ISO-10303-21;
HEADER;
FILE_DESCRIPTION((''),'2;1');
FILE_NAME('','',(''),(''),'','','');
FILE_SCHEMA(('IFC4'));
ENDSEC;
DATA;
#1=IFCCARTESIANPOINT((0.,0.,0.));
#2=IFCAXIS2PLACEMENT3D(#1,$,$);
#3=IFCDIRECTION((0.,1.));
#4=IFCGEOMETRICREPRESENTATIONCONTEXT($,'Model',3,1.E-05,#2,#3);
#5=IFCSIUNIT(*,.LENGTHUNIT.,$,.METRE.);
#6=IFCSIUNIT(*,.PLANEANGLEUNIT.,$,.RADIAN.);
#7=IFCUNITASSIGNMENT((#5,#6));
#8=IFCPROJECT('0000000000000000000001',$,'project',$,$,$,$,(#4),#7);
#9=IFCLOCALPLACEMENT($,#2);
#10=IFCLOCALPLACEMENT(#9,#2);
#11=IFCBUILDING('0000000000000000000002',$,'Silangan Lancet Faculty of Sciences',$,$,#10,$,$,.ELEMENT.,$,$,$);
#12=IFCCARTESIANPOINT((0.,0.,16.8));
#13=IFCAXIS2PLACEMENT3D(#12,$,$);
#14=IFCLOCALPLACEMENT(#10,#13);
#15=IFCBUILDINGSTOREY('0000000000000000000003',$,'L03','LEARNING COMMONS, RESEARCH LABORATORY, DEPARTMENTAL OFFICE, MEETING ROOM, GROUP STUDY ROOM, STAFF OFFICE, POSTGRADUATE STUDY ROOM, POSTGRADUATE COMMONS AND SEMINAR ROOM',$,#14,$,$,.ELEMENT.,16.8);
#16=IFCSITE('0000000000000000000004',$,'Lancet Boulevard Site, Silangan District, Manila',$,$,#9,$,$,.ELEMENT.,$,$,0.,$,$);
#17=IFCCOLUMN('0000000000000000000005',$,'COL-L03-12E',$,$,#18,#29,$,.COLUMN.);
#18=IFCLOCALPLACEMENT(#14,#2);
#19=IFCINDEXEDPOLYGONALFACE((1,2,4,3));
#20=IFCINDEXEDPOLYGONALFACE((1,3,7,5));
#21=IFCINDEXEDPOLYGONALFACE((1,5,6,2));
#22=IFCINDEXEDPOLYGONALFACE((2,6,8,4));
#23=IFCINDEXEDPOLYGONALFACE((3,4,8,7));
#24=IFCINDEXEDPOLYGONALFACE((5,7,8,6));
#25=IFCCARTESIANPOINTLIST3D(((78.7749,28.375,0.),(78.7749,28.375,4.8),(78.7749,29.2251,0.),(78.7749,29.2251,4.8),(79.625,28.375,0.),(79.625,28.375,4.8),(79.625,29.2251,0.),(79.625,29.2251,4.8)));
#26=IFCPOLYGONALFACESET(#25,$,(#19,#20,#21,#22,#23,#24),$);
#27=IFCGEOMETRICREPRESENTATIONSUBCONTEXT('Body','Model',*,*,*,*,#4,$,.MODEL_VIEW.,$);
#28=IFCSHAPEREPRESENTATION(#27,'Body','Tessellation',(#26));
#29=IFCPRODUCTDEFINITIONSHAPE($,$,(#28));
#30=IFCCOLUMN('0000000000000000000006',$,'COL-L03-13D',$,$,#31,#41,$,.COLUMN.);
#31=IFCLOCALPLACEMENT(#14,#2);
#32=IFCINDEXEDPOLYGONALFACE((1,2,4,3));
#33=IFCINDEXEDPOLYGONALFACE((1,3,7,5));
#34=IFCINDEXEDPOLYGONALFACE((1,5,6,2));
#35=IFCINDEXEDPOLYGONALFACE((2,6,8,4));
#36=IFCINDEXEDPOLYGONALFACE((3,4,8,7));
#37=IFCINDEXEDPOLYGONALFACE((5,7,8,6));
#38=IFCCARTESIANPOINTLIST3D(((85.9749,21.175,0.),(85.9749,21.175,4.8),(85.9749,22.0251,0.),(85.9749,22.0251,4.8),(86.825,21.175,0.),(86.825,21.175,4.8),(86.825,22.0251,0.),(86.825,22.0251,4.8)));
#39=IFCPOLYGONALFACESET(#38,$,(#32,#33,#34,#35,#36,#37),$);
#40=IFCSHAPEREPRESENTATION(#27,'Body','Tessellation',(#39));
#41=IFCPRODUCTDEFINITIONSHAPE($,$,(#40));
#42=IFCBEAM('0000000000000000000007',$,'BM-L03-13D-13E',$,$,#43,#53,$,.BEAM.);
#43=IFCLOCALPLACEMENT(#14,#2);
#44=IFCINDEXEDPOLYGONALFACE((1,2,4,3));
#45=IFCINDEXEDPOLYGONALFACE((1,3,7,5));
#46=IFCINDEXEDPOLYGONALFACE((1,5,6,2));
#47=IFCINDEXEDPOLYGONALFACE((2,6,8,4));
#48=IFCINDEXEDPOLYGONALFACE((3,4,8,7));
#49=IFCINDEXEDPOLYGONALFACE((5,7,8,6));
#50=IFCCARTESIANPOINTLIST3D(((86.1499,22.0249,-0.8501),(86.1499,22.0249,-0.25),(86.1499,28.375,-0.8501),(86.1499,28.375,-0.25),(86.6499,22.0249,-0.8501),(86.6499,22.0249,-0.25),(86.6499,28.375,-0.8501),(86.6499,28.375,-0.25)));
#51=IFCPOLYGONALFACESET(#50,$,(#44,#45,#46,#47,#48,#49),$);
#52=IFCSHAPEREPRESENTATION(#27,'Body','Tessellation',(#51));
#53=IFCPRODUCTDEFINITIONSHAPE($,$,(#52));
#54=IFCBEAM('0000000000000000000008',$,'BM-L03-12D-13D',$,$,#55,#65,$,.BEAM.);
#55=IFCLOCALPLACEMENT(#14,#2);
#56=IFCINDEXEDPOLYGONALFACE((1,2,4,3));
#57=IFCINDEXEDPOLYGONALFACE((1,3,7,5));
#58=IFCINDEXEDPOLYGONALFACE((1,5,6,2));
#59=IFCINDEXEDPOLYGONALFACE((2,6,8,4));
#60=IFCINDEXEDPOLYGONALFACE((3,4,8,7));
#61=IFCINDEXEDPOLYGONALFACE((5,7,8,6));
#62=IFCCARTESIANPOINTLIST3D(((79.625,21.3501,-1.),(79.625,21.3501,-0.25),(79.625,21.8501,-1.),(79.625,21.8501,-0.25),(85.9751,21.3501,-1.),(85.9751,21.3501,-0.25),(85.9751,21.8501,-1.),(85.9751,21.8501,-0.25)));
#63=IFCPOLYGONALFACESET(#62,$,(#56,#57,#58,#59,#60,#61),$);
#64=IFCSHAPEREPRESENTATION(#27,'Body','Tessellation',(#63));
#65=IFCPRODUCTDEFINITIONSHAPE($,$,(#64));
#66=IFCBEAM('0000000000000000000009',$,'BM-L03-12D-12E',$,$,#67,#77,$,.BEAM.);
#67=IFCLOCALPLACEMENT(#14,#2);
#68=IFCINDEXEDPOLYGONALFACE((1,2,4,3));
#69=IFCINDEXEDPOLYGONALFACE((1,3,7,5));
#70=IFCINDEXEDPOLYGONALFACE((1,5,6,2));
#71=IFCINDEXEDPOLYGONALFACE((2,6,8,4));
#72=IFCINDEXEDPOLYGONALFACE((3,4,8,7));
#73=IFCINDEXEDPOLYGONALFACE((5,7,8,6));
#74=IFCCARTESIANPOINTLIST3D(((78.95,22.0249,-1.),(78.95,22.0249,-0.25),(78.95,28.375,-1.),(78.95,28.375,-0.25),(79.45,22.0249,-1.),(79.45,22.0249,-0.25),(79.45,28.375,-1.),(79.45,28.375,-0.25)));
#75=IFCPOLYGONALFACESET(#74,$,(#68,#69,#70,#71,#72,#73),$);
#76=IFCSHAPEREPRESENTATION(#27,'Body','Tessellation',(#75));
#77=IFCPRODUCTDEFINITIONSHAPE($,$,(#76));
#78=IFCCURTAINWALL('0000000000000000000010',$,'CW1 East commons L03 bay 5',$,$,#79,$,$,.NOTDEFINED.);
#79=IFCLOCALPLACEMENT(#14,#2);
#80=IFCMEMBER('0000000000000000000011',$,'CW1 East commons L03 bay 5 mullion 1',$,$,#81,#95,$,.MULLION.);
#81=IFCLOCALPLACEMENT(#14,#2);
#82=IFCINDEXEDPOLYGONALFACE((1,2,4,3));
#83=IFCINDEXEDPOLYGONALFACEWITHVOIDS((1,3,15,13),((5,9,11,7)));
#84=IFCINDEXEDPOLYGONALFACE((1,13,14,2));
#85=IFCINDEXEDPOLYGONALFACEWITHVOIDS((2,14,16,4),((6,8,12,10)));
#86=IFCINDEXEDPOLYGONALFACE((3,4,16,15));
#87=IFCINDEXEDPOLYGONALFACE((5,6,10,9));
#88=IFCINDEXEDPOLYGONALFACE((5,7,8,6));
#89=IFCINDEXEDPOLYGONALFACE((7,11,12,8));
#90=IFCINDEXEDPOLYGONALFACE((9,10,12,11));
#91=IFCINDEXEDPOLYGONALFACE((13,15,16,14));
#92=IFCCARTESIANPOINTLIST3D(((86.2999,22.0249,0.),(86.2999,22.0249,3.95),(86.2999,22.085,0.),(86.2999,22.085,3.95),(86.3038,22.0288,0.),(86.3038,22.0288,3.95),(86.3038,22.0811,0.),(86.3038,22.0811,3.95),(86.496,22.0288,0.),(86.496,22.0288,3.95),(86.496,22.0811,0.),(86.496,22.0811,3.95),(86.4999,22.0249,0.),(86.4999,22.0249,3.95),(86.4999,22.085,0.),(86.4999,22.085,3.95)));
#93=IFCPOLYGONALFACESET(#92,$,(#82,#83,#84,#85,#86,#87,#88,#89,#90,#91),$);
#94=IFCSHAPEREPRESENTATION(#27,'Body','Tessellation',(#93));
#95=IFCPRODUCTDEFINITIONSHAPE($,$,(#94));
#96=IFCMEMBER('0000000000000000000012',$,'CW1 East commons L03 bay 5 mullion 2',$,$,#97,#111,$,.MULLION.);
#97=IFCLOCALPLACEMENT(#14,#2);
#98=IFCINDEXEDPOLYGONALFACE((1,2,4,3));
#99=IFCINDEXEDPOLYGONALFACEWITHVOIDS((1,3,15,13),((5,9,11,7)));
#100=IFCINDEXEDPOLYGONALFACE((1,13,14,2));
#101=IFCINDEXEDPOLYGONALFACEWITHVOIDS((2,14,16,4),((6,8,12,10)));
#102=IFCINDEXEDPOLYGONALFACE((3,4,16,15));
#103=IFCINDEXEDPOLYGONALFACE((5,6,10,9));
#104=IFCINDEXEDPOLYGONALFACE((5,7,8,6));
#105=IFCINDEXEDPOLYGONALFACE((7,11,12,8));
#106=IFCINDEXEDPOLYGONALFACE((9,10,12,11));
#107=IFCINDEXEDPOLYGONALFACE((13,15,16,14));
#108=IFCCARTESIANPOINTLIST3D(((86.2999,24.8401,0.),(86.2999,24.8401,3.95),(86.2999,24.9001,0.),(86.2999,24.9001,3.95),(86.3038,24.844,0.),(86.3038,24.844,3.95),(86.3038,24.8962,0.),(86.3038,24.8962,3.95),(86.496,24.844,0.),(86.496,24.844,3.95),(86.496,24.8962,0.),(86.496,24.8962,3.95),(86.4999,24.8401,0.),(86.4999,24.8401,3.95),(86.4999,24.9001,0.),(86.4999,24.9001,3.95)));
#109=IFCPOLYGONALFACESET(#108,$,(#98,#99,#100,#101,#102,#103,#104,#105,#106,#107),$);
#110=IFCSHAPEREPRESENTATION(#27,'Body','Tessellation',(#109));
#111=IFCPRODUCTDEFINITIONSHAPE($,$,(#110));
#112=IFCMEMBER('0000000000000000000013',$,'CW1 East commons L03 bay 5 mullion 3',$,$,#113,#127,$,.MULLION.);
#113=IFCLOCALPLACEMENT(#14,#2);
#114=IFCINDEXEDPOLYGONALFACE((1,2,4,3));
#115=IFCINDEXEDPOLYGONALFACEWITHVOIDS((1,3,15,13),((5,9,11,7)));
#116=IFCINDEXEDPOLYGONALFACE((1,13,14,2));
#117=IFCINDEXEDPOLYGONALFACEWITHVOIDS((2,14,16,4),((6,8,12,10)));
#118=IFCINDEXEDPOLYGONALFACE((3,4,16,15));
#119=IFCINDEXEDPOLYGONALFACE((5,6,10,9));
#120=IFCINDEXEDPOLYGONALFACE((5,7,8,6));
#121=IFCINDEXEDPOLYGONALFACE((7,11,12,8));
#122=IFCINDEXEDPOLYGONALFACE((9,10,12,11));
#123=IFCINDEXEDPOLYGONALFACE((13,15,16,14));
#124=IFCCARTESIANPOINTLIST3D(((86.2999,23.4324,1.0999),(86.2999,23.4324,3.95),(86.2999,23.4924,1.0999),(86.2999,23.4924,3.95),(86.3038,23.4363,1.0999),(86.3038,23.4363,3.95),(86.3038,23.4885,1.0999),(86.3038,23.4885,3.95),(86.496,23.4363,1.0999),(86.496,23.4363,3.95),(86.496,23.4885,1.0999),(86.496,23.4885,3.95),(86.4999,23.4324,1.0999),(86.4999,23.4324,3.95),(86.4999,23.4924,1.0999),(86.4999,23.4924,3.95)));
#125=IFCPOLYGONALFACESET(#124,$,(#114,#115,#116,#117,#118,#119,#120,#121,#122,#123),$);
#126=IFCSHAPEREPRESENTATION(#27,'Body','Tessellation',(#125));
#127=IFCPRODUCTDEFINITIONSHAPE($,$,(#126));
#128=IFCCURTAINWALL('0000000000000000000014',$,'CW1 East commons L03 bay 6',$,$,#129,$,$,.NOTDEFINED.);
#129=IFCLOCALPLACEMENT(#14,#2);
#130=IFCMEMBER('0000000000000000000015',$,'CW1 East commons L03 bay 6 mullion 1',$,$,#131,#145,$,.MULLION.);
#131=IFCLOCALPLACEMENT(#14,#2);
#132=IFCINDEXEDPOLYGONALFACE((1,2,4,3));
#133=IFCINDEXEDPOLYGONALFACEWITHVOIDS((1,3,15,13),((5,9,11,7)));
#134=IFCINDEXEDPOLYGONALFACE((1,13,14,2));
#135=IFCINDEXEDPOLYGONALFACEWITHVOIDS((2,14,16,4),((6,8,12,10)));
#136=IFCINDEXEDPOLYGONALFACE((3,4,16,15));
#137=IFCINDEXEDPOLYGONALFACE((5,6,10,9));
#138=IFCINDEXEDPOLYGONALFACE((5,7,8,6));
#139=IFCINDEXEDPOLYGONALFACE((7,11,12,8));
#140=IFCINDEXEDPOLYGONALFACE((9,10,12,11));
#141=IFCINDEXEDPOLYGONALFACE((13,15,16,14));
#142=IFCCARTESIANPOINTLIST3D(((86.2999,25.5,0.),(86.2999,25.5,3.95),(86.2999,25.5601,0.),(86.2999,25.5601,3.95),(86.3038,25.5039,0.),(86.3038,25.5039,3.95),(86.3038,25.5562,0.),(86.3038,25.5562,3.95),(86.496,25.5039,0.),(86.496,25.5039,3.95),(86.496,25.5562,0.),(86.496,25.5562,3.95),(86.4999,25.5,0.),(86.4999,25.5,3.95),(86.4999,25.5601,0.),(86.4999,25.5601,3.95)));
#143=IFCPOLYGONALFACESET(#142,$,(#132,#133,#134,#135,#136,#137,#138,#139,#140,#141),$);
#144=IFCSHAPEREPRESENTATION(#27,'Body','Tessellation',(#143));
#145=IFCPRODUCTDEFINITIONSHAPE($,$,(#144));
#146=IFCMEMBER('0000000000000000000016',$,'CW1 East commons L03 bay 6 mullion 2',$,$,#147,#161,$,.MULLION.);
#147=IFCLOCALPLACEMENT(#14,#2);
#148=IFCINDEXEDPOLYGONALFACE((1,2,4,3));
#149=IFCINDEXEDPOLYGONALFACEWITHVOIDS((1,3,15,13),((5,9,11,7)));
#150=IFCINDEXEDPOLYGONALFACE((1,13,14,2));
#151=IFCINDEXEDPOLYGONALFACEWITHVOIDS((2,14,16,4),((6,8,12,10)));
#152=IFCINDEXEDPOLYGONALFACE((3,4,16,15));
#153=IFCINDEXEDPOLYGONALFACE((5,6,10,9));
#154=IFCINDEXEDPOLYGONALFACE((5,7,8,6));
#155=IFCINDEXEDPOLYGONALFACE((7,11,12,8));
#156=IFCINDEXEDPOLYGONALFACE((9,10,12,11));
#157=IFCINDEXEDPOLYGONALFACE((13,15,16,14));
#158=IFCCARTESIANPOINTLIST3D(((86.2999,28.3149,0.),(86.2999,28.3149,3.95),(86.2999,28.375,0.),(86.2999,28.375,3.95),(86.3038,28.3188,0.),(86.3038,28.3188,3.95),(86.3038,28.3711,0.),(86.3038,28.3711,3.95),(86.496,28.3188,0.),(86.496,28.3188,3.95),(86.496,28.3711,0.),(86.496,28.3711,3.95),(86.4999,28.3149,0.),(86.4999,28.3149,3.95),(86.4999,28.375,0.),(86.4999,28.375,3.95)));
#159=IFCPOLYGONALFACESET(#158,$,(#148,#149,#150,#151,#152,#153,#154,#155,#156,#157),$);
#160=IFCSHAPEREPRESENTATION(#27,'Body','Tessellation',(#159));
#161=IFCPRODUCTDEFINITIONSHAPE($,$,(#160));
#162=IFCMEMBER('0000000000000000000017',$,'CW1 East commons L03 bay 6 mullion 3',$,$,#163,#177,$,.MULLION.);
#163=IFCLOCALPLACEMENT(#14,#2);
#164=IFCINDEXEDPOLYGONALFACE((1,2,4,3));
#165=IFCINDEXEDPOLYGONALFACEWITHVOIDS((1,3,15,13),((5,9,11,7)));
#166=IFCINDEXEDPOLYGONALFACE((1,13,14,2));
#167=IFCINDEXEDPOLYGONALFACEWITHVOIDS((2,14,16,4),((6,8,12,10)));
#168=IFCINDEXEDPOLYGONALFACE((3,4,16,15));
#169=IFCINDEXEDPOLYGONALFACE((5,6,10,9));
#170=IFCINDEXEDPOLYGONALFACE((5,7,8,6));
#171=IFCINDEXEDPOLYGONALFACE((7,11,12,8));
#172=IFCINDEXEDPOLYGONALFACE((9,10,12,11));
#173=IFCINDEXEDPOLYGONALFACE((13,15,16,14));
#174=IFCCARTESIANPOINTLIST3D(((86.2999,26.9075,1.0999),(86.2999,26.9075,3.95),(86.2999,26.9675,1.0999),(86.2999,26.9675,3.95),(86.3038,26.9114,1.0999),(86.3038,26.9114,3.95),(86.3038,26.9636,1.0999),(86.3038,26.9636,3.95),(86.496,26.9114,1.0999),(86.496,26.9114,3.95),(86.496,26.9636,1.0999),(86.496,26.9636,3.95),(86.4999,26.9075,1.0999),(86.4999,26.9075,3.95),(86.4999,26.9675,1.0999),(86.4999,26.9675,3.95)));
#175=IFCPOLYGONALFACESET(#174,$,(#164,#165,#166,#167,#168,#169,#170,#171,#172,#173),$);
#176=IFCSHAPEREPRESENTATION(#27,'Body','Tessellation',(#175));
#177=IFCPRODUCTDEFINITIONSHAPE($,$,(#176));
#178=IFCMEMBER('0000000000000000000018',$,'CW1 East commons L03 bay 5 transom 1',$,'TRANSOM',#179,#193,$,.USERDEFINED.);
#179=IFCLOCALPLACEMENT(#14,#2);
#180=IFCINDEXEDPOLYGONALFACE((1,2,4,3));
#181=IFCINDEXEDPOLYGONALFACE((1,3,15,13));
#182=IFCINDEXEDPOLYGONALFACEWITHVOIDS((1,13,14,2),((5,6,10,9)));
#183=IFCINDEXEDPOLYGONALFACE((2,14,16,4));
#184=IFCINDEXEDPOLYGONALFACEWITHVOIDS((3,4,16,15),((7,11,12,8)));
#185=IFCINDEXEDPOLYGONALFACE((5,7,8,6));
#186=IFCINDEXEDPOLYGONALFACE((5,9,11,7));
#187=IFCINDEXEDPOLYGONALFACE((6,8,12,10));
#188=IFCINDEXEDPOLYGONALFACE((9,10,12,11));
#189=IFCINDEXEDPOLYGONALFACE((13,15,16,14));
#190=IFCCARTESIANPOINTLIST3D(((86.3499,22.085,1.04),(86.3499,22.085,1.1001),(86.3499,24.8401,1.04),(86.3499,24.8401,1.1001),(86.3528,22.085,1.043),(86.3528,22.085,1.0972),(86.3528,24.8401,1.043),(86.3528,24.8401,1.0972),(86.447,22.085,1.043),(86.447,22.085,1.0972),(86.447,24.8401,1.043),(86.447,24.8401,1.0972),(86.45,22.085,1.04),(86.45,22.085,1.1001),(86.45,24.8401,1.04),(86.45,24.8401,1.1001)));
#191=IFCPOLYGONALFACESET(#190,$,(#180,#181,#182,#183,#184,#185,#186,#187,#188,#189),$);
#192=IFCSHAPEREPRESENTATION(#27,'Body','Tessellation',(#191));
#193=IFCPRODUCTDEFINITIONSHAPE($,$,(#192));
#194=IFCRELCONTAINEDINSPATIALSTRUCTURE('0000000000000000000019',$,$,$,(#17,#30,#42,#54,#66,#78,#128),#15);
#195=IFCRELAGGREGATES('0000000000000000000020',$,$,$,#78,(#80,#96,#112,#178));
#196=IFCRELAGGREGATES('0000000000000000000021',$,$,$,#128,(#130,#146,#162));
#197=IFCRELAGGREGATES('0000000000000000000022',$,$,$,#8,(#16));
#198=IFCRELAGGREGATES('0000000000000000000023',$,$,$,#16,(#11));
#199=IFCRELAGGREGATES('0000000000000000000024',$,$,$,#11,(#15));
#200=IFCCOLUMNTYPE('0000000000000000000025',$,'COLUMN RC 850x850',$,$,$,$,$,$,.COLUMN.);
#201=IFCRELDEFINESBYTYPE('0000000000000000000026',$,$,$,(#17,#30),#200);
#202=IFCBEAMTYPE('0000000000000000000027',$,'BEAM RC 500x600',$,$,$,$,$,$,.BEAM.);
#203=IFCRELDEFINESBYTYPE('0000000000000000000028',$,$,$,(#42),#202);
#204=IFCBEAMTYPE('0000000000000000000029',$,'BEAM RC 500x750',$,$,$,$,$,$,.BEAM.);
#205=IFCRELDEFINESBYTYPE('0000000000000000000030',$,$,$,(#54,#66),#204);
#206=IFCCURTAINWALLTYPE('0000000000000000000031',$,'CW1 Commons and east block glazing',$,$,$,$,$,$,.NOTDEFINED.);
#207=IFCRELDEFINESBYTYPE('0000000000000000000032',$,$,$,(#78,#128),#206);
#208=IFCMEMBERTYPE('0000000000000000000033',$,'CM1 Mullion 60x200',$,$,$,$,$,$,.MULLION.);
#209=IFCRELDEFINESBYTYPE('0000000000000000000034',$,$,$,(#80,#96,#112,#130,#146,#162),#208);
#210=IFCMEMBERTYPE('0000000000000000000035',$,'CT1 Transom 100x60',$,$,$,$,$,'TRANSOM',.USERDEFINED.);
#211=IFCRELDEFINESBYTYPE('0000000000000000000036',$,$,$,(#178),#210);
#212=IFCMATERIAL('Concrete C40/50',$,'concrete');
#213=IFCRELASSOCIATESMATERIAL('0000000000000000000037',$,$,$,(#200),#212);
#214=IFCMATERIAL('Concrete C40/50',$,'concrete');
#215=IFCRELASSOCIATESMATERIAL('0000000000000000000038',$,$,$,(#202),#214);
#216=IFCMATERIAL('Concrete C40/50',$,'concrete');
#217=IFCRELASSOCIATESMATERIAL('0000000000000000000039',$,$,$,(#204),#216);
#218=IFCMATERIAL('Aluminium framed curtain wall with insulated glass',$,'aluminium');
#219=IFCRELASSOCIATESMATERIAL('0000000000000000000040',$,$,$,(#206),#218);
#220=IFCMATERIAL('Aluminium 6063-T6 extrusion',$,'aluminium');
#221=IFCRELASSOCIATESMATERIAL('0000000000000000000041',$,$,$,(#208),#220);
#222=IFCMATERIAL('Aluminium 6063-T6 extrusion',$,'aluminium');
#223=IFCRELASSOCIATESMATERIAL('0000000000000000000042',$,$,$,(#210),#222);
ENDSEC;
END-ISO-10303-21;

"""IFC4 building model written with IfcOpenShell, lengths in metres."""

from ifc_helpers import new_model, si_unit, direction, frame, origin, origin_2d, place, context, subcontext, project, spatial, rectangle, hollow_rectangle, extrude, material, material_profile, profile_set, type_object, element, aggregate, save


model = new_model("IFC4")

# Units and contexts
model_context = context("Model", 3, precision=1e-05, world=origin(), true_north=direction((0.0, 1.0)))
body_context = subcontext(model_context, "Body", "Model", "MODEL_VIEW")
ifc_project = project(units=[si_unit("LENGTHUNIT", "METRE"), si_unit("PLANEANGLEUNIT", "RADIAN")], contexts=[model_context])

# Site, building, storey
site_placement = place(None, origin())
site = spatial("IfcSite", under=ifc_project, at=site_placement, Name="Lancet Boulevard Site, Silangan District, Manila", CompositionType="ELEMENT", RefElevation=0.0)
building_placement = place(site_placement, origin())
building = spatial("IfcBuilding", under=site, at=building_placement, Name="Silangan Lancet Faculty of Sciences", CompositionType="ELEMENT")
storey_placement = place(building_placement, frame((0.0, 0.0, 16.8)))
storey = spatial("IfcBuildingStorey", under=building, at=storey_placement, Name="L03", Description="LEARNING COMMONS, RESEARCH LABORATORY, DEPARTMENTAL OFFICE, MEETING ROOM, GROUP STUDY ROOM, STAFF OFFICE, POSTGRADUATE STUDY ROOM, POSTGRADUATE COMMONS AND SEMINAR ROOM", CompositionType="ELEMENT", Elevation=16.8)

# Columns
ifc_material_1 = material(Name="Concrete C40/50", Category="concrete")
ifc_material_profile_1 = material_profile(ifc_material_1, rectangle(XDim=0.8501, YDim=0.8501, at=origin_2d()), Name="RC 850x850")
ifc_profile_set_1 = profile_set([ifc_material_profile_1], Name="Concrete C40/50")
column_type = type_object("IfcColumnType", Name="COLUMN RC 850x850", PredefinedType="COLUMN", material=ifc_profile_set_1)
for number, where, z_axis, x_axis, name in (
    (1, (79.2, 28.8, 0.0), (0.0, 0.0, 1.0), (1.0, 0.0, 0.0), "COL-L03-12E"),
    (2, (86.3999, 21.6001, 0.0), (0.0, 0.0, 1.0), (1.0, 0.0, 0.0), "COL-L03-13D"),
):
    element("IfcColumn", number, at=place(storey_placement, frame(where, z_axis=z_axis, x_axis=x_axis)), inside=storey, type_object=column_type, Name=name, PredefinedType="COLUMN", context=body_context, shape_type="SweptSolid", body=[
        extrude(rectangle(XDim=0.8501, YDim=0.8501, at=origin_2d()), origin(), (0.0, 0.0, 1.0), 4.8),
    ])

# Beams
ifc_material_2 = material(Name="Concrete C40/50", Category="concrete")
ifc_material_profile_2 = material_profile(ifc_material_2, rectangle(XDim=0.5, YDim=0.6001, at=origin_2d()), Name="RC 500x600")
ifc_profile_set_2 = profile_set([ifc_material_profile_2], Name="Concrete C40/50")
beam_type_1 = type_object("IfcBeamType", Name="BEAM RC 500x600", PredefinedType="BEAM", material=ifc_profile_set_2)
beam_placement = place(storey_placement, frame((86.3999, 22.0249, -0.55), z_axis=(0.0, 1.0, 0.0), x_axis=(-1.0, 0.0, 0.0)))
element("IfcBeam", 3, at=beam_placement, inside=storey, type_object=beam_type_1, Name="BM-L03-13D-13E", PredefinedType="BEAM", context=body_context, shape_type="SweptSolid", body=[
    extrude(rectangle(XDim=0.5, YDim=0.6001, at=origin_2d()), origin(), (0.0, 0.0, 1.0), 6.3501),
])
ifc_material_3 = material(Name="Concrete C40/50", Category="concrete")
ifc_material_profile_3 = material_profile(ifc_material_3, rectangle(XDim=0.5, YDim=0.75, at=origin_2d()), Name="RC 500x750")
ifc_profile_set_3 = profile_set([ifc_material_profile_3], Name="Concrete C40/50")
beam_type_2 = type_object("IfcBeamType", Name="BEAM RC 500x750", PredefinedType="BEAM", material=ifc_profile_set_3)
for number, where, z_axis, x_axis, name in (
    (4, (79.625, 21.6001, -0.625), (1.0, 0.0, 0.0), (0.0, 1.0, 0.0), "BM-L03-12D-13D"),
    (5, (79.2, 22.0249, -0.625), (0.0, 1.0, 0.0), (-1.0, 0.0, 0.0), "BM-L03-12D-12E"),
):
    element("IfcBeam", number, at=place(storey_placement, frame(where, z_axis=z_axis, x_axis=x_axis)), inside=storey, type_object=beam_type_2, Name=name, PredefinedType="BEAM", context=body_context, shape_type="SweptSolid", body=[
        extrude(rectangle(XDim=0.5, YDim=0.75, at=origin_2d()), origin(), (0.0, 0.0, 1.0), 6.3501),
    ])

# Curtain walls, members
ifc_material_4 = material(Name="Aluminium framed curtain wall with insulated glass", Category="aluminium")
curtain_wall_type = type_object("IfcCurtainWallType", Name="CW1 Commons and east block glazing", PredefinedType="NOTDEFINED", material=ifc_material_4)
curtain_wall_1_placement = place(storey_placement, origin())
curtain_wall_1 = element("IfcCurtainWall", 6, at=curtain_wall_1_placement, inside=storey, type_object=curtain_wall_type, Name="CW1 East commons L03 bay 5", PredefinedType="NOTDEFINED")
ifc_material_5 = material(Name="Aluminium 6063-T6 extrusion", Category="aluminium")
ifc_material_profile_4 = material_profile(ifc_material_5, hollow_rectangle(XDim=0.0601, YDim=0.2, WallThickness=0.0039, at=origin_2d()), Name="AL BOX 60x200x4")
ifc_profile_set_4 = profile_set([ifc_material_profile_4], Name="Aluminium 6063-T6 extrusion")
member_type_1 = type_object("IfcMemberType", Name="CM1 Mullion 60x200", PredefinedType="MULLION", material=ifc_profile_set_4)
member_1_placement = place(storey_placement, frame((86.3999, 22.0549, 0.0), z_axis=(0.0, 0.0, 1.0), x_axis=(0.0, 1.0, 0.0)))
member_1 = element("IfcMember", 7, at=member_1_placement, type_object=member_type_1, Name="CW1 East commons L03 bay 5 mullion 1", PredefinedType="MULLION", context=body_context, shape_type="SweptSolid", body=[
    extrude(hollow_rectangle(XDim=0.0601, YDim=0.2, WallThickness=0.0039, at=origin_2d()), origin(), (0.0, 0.0, 1.0), 3.95),
])
member_2_placement = place(storey_placement, frame((86.3999, 24.8701, 0.0), z_axis=(0.0, 0.0, 1.0), x_axis=(0.0, 1.0, 0.0)))
member_2 = element("IfcMember", 8, at=member_2_placement, type_object=member_type_1, Name="CW1 East commons L03 bay 5 mullion 2", PredefinedType="MULLION", context=body_context, shape_type="SweptSolid", body=[
    extrude(hollow_rectangle(XDim=0.0601, YDim=0.2, WallThickness=0.0039, at=origin_2d()), origin(), (0.0, 0.0, 1.0), 3.95),
])
member_3_placement = place(storey_placement, frame((86.3999, 23.4624, 1.0999), z_axis=(0.0, 0.0, 1.0), x_axis=(0.0, 1.0, 0.0)))
member_3 = element("IfcMember", 9, at=member_3_placement, type_object=member_type_1, Name="CW1 East commons L03 bay 5 mullion 3", PredefinedType="MULLION", context=body_context, shape_type="SweptSolid", body=[
    extrude(hollow_rectangle(XDim=0.0601, YDim=0.2, WallThickness=0.0039, at=origin_2d()), origin(), (0.0, 0.0, 1.0), 2.8501),
])
curtain_wall_2_placement = place(storey_placement, origin())
curtain_wall_2 = element("IfcCurtainWall", 10, at=curtain_wall_2_placement, inside=storey, type_object=curtain_wall_type, Name="CW1 East commons L03 bay 6", PredefinedType="NOTDEFINED")
member_4_placement = place(storey_placement, frame((86.3999, 25.53, 0.0), z_axis=(0.0, 0.0, 1.0), x_axis=(0.0, 1.0, 0.0)))
member_4 = element("IfcMember", 11, at=member_4_placement, type_object=member_type_1, Name="CW1 East commons L03 bay 6 mullion 1", PredefinedType="MULLION", context=body_context, shape_type="SweptSolid", body=[
    extrude(hollow_rectangle(XDim=0.0601, YDim=0.2, WallThickness=0.0039, at=origin_2d()), origin(), (0.0, 0.0, 1.0), 3.95),
])
member_5_placement = place(storey_placement, frame((86.3999, 28.345, 0.0), z_axis=(0.0, 0.0, 1.0), x_axis=(0.0, 1.0, 0.0)))
member_5 = element("IfcMember", 12, at=member_5_placement, type_object=member_type_1, Name="CW1 East commons L03 bay 6 mullion 2", PredefinedType="MULLION", context=body_context, shape_type="SweptSolid", body=[
    extrude(hollow_rectangle(XDim=0.0601, YDim=0.2, WallThickness=0.0039, at=origin_2d()), origin(), (0.0, 0.0, 1.0), 3.95),
])
member_6_placement = place(storey_placement, frame((86.3999, 26.9375, 1.0999), z_axis=(0.0, 0.0, 1.0), x_axis=(0.0, 1.0, 0.0)))
member_6 = element("IfcMember", 13, at=member_6_placement, type_object=member_type_1, Name="CW1 East commons L03 bay 6 mullion 3", PredefinedType="MULLION", context=body_context, shape_type="SweptSolid", body=[
    extrude(hollow_rectangle(XDim=0.0601, YDim=0.2, WallThickness=0.0039, at=origin_2d()), origin(), (0.0, 0.0, 1.0), 2.8501),
])

# Member
ifc_material_6 = material(Name="Aluminium 6063-T6 extrusion", Category="aluminium")
ifc_material_profile_5 = material_profile(ifc_material_6, hollow_rectangle(XDim=0.1001, YDim=0.0601, WallThickness=0.0029, at=origin_2d()), Name="AL BOX 100x60x3")
ifc_profile_set_5 = profile_set([ifc_material_profile_5], Name="Aluminium 6063-T6 extrusion")
member_type_2 = type_object("IfcMemberType", Name="CT1 Transom 100x60", ElementType="TRANSOM", PredefinedType="USERDEFINED", material=ifc_profile_set_5)
member_7_placement = place(storey_placement, frame((86.3999, 22.085, 1.0701), z_axis=(0.0, 1.0, 0.0), x_axis=(-1.0, 0.0, 0.0)))
member_7 = element("IfcMember", 14, at=member_7_placement, type_object=member_type_2, Name="CW1 East commons L03 bay 5 transom 1", ObjectType="TRANSOM", PredefinedType="USERDEFINED", context=body_context, shape_type="SweptSolid", body=[
    extrude(hollow_rectangle(XDim=0.1001, YDim=0.0601, WallThickness=0.0029, at=origin_2d()), origin(), (0.0, 0.0, 1.0), 2.7551),
])

aggregate(curtain_wall_1, [member_1, member_2, member_3, member_7])
aggregate(curtain_wall_2, [member_4, member_5, member_6])

save(model, "model.ifc")
